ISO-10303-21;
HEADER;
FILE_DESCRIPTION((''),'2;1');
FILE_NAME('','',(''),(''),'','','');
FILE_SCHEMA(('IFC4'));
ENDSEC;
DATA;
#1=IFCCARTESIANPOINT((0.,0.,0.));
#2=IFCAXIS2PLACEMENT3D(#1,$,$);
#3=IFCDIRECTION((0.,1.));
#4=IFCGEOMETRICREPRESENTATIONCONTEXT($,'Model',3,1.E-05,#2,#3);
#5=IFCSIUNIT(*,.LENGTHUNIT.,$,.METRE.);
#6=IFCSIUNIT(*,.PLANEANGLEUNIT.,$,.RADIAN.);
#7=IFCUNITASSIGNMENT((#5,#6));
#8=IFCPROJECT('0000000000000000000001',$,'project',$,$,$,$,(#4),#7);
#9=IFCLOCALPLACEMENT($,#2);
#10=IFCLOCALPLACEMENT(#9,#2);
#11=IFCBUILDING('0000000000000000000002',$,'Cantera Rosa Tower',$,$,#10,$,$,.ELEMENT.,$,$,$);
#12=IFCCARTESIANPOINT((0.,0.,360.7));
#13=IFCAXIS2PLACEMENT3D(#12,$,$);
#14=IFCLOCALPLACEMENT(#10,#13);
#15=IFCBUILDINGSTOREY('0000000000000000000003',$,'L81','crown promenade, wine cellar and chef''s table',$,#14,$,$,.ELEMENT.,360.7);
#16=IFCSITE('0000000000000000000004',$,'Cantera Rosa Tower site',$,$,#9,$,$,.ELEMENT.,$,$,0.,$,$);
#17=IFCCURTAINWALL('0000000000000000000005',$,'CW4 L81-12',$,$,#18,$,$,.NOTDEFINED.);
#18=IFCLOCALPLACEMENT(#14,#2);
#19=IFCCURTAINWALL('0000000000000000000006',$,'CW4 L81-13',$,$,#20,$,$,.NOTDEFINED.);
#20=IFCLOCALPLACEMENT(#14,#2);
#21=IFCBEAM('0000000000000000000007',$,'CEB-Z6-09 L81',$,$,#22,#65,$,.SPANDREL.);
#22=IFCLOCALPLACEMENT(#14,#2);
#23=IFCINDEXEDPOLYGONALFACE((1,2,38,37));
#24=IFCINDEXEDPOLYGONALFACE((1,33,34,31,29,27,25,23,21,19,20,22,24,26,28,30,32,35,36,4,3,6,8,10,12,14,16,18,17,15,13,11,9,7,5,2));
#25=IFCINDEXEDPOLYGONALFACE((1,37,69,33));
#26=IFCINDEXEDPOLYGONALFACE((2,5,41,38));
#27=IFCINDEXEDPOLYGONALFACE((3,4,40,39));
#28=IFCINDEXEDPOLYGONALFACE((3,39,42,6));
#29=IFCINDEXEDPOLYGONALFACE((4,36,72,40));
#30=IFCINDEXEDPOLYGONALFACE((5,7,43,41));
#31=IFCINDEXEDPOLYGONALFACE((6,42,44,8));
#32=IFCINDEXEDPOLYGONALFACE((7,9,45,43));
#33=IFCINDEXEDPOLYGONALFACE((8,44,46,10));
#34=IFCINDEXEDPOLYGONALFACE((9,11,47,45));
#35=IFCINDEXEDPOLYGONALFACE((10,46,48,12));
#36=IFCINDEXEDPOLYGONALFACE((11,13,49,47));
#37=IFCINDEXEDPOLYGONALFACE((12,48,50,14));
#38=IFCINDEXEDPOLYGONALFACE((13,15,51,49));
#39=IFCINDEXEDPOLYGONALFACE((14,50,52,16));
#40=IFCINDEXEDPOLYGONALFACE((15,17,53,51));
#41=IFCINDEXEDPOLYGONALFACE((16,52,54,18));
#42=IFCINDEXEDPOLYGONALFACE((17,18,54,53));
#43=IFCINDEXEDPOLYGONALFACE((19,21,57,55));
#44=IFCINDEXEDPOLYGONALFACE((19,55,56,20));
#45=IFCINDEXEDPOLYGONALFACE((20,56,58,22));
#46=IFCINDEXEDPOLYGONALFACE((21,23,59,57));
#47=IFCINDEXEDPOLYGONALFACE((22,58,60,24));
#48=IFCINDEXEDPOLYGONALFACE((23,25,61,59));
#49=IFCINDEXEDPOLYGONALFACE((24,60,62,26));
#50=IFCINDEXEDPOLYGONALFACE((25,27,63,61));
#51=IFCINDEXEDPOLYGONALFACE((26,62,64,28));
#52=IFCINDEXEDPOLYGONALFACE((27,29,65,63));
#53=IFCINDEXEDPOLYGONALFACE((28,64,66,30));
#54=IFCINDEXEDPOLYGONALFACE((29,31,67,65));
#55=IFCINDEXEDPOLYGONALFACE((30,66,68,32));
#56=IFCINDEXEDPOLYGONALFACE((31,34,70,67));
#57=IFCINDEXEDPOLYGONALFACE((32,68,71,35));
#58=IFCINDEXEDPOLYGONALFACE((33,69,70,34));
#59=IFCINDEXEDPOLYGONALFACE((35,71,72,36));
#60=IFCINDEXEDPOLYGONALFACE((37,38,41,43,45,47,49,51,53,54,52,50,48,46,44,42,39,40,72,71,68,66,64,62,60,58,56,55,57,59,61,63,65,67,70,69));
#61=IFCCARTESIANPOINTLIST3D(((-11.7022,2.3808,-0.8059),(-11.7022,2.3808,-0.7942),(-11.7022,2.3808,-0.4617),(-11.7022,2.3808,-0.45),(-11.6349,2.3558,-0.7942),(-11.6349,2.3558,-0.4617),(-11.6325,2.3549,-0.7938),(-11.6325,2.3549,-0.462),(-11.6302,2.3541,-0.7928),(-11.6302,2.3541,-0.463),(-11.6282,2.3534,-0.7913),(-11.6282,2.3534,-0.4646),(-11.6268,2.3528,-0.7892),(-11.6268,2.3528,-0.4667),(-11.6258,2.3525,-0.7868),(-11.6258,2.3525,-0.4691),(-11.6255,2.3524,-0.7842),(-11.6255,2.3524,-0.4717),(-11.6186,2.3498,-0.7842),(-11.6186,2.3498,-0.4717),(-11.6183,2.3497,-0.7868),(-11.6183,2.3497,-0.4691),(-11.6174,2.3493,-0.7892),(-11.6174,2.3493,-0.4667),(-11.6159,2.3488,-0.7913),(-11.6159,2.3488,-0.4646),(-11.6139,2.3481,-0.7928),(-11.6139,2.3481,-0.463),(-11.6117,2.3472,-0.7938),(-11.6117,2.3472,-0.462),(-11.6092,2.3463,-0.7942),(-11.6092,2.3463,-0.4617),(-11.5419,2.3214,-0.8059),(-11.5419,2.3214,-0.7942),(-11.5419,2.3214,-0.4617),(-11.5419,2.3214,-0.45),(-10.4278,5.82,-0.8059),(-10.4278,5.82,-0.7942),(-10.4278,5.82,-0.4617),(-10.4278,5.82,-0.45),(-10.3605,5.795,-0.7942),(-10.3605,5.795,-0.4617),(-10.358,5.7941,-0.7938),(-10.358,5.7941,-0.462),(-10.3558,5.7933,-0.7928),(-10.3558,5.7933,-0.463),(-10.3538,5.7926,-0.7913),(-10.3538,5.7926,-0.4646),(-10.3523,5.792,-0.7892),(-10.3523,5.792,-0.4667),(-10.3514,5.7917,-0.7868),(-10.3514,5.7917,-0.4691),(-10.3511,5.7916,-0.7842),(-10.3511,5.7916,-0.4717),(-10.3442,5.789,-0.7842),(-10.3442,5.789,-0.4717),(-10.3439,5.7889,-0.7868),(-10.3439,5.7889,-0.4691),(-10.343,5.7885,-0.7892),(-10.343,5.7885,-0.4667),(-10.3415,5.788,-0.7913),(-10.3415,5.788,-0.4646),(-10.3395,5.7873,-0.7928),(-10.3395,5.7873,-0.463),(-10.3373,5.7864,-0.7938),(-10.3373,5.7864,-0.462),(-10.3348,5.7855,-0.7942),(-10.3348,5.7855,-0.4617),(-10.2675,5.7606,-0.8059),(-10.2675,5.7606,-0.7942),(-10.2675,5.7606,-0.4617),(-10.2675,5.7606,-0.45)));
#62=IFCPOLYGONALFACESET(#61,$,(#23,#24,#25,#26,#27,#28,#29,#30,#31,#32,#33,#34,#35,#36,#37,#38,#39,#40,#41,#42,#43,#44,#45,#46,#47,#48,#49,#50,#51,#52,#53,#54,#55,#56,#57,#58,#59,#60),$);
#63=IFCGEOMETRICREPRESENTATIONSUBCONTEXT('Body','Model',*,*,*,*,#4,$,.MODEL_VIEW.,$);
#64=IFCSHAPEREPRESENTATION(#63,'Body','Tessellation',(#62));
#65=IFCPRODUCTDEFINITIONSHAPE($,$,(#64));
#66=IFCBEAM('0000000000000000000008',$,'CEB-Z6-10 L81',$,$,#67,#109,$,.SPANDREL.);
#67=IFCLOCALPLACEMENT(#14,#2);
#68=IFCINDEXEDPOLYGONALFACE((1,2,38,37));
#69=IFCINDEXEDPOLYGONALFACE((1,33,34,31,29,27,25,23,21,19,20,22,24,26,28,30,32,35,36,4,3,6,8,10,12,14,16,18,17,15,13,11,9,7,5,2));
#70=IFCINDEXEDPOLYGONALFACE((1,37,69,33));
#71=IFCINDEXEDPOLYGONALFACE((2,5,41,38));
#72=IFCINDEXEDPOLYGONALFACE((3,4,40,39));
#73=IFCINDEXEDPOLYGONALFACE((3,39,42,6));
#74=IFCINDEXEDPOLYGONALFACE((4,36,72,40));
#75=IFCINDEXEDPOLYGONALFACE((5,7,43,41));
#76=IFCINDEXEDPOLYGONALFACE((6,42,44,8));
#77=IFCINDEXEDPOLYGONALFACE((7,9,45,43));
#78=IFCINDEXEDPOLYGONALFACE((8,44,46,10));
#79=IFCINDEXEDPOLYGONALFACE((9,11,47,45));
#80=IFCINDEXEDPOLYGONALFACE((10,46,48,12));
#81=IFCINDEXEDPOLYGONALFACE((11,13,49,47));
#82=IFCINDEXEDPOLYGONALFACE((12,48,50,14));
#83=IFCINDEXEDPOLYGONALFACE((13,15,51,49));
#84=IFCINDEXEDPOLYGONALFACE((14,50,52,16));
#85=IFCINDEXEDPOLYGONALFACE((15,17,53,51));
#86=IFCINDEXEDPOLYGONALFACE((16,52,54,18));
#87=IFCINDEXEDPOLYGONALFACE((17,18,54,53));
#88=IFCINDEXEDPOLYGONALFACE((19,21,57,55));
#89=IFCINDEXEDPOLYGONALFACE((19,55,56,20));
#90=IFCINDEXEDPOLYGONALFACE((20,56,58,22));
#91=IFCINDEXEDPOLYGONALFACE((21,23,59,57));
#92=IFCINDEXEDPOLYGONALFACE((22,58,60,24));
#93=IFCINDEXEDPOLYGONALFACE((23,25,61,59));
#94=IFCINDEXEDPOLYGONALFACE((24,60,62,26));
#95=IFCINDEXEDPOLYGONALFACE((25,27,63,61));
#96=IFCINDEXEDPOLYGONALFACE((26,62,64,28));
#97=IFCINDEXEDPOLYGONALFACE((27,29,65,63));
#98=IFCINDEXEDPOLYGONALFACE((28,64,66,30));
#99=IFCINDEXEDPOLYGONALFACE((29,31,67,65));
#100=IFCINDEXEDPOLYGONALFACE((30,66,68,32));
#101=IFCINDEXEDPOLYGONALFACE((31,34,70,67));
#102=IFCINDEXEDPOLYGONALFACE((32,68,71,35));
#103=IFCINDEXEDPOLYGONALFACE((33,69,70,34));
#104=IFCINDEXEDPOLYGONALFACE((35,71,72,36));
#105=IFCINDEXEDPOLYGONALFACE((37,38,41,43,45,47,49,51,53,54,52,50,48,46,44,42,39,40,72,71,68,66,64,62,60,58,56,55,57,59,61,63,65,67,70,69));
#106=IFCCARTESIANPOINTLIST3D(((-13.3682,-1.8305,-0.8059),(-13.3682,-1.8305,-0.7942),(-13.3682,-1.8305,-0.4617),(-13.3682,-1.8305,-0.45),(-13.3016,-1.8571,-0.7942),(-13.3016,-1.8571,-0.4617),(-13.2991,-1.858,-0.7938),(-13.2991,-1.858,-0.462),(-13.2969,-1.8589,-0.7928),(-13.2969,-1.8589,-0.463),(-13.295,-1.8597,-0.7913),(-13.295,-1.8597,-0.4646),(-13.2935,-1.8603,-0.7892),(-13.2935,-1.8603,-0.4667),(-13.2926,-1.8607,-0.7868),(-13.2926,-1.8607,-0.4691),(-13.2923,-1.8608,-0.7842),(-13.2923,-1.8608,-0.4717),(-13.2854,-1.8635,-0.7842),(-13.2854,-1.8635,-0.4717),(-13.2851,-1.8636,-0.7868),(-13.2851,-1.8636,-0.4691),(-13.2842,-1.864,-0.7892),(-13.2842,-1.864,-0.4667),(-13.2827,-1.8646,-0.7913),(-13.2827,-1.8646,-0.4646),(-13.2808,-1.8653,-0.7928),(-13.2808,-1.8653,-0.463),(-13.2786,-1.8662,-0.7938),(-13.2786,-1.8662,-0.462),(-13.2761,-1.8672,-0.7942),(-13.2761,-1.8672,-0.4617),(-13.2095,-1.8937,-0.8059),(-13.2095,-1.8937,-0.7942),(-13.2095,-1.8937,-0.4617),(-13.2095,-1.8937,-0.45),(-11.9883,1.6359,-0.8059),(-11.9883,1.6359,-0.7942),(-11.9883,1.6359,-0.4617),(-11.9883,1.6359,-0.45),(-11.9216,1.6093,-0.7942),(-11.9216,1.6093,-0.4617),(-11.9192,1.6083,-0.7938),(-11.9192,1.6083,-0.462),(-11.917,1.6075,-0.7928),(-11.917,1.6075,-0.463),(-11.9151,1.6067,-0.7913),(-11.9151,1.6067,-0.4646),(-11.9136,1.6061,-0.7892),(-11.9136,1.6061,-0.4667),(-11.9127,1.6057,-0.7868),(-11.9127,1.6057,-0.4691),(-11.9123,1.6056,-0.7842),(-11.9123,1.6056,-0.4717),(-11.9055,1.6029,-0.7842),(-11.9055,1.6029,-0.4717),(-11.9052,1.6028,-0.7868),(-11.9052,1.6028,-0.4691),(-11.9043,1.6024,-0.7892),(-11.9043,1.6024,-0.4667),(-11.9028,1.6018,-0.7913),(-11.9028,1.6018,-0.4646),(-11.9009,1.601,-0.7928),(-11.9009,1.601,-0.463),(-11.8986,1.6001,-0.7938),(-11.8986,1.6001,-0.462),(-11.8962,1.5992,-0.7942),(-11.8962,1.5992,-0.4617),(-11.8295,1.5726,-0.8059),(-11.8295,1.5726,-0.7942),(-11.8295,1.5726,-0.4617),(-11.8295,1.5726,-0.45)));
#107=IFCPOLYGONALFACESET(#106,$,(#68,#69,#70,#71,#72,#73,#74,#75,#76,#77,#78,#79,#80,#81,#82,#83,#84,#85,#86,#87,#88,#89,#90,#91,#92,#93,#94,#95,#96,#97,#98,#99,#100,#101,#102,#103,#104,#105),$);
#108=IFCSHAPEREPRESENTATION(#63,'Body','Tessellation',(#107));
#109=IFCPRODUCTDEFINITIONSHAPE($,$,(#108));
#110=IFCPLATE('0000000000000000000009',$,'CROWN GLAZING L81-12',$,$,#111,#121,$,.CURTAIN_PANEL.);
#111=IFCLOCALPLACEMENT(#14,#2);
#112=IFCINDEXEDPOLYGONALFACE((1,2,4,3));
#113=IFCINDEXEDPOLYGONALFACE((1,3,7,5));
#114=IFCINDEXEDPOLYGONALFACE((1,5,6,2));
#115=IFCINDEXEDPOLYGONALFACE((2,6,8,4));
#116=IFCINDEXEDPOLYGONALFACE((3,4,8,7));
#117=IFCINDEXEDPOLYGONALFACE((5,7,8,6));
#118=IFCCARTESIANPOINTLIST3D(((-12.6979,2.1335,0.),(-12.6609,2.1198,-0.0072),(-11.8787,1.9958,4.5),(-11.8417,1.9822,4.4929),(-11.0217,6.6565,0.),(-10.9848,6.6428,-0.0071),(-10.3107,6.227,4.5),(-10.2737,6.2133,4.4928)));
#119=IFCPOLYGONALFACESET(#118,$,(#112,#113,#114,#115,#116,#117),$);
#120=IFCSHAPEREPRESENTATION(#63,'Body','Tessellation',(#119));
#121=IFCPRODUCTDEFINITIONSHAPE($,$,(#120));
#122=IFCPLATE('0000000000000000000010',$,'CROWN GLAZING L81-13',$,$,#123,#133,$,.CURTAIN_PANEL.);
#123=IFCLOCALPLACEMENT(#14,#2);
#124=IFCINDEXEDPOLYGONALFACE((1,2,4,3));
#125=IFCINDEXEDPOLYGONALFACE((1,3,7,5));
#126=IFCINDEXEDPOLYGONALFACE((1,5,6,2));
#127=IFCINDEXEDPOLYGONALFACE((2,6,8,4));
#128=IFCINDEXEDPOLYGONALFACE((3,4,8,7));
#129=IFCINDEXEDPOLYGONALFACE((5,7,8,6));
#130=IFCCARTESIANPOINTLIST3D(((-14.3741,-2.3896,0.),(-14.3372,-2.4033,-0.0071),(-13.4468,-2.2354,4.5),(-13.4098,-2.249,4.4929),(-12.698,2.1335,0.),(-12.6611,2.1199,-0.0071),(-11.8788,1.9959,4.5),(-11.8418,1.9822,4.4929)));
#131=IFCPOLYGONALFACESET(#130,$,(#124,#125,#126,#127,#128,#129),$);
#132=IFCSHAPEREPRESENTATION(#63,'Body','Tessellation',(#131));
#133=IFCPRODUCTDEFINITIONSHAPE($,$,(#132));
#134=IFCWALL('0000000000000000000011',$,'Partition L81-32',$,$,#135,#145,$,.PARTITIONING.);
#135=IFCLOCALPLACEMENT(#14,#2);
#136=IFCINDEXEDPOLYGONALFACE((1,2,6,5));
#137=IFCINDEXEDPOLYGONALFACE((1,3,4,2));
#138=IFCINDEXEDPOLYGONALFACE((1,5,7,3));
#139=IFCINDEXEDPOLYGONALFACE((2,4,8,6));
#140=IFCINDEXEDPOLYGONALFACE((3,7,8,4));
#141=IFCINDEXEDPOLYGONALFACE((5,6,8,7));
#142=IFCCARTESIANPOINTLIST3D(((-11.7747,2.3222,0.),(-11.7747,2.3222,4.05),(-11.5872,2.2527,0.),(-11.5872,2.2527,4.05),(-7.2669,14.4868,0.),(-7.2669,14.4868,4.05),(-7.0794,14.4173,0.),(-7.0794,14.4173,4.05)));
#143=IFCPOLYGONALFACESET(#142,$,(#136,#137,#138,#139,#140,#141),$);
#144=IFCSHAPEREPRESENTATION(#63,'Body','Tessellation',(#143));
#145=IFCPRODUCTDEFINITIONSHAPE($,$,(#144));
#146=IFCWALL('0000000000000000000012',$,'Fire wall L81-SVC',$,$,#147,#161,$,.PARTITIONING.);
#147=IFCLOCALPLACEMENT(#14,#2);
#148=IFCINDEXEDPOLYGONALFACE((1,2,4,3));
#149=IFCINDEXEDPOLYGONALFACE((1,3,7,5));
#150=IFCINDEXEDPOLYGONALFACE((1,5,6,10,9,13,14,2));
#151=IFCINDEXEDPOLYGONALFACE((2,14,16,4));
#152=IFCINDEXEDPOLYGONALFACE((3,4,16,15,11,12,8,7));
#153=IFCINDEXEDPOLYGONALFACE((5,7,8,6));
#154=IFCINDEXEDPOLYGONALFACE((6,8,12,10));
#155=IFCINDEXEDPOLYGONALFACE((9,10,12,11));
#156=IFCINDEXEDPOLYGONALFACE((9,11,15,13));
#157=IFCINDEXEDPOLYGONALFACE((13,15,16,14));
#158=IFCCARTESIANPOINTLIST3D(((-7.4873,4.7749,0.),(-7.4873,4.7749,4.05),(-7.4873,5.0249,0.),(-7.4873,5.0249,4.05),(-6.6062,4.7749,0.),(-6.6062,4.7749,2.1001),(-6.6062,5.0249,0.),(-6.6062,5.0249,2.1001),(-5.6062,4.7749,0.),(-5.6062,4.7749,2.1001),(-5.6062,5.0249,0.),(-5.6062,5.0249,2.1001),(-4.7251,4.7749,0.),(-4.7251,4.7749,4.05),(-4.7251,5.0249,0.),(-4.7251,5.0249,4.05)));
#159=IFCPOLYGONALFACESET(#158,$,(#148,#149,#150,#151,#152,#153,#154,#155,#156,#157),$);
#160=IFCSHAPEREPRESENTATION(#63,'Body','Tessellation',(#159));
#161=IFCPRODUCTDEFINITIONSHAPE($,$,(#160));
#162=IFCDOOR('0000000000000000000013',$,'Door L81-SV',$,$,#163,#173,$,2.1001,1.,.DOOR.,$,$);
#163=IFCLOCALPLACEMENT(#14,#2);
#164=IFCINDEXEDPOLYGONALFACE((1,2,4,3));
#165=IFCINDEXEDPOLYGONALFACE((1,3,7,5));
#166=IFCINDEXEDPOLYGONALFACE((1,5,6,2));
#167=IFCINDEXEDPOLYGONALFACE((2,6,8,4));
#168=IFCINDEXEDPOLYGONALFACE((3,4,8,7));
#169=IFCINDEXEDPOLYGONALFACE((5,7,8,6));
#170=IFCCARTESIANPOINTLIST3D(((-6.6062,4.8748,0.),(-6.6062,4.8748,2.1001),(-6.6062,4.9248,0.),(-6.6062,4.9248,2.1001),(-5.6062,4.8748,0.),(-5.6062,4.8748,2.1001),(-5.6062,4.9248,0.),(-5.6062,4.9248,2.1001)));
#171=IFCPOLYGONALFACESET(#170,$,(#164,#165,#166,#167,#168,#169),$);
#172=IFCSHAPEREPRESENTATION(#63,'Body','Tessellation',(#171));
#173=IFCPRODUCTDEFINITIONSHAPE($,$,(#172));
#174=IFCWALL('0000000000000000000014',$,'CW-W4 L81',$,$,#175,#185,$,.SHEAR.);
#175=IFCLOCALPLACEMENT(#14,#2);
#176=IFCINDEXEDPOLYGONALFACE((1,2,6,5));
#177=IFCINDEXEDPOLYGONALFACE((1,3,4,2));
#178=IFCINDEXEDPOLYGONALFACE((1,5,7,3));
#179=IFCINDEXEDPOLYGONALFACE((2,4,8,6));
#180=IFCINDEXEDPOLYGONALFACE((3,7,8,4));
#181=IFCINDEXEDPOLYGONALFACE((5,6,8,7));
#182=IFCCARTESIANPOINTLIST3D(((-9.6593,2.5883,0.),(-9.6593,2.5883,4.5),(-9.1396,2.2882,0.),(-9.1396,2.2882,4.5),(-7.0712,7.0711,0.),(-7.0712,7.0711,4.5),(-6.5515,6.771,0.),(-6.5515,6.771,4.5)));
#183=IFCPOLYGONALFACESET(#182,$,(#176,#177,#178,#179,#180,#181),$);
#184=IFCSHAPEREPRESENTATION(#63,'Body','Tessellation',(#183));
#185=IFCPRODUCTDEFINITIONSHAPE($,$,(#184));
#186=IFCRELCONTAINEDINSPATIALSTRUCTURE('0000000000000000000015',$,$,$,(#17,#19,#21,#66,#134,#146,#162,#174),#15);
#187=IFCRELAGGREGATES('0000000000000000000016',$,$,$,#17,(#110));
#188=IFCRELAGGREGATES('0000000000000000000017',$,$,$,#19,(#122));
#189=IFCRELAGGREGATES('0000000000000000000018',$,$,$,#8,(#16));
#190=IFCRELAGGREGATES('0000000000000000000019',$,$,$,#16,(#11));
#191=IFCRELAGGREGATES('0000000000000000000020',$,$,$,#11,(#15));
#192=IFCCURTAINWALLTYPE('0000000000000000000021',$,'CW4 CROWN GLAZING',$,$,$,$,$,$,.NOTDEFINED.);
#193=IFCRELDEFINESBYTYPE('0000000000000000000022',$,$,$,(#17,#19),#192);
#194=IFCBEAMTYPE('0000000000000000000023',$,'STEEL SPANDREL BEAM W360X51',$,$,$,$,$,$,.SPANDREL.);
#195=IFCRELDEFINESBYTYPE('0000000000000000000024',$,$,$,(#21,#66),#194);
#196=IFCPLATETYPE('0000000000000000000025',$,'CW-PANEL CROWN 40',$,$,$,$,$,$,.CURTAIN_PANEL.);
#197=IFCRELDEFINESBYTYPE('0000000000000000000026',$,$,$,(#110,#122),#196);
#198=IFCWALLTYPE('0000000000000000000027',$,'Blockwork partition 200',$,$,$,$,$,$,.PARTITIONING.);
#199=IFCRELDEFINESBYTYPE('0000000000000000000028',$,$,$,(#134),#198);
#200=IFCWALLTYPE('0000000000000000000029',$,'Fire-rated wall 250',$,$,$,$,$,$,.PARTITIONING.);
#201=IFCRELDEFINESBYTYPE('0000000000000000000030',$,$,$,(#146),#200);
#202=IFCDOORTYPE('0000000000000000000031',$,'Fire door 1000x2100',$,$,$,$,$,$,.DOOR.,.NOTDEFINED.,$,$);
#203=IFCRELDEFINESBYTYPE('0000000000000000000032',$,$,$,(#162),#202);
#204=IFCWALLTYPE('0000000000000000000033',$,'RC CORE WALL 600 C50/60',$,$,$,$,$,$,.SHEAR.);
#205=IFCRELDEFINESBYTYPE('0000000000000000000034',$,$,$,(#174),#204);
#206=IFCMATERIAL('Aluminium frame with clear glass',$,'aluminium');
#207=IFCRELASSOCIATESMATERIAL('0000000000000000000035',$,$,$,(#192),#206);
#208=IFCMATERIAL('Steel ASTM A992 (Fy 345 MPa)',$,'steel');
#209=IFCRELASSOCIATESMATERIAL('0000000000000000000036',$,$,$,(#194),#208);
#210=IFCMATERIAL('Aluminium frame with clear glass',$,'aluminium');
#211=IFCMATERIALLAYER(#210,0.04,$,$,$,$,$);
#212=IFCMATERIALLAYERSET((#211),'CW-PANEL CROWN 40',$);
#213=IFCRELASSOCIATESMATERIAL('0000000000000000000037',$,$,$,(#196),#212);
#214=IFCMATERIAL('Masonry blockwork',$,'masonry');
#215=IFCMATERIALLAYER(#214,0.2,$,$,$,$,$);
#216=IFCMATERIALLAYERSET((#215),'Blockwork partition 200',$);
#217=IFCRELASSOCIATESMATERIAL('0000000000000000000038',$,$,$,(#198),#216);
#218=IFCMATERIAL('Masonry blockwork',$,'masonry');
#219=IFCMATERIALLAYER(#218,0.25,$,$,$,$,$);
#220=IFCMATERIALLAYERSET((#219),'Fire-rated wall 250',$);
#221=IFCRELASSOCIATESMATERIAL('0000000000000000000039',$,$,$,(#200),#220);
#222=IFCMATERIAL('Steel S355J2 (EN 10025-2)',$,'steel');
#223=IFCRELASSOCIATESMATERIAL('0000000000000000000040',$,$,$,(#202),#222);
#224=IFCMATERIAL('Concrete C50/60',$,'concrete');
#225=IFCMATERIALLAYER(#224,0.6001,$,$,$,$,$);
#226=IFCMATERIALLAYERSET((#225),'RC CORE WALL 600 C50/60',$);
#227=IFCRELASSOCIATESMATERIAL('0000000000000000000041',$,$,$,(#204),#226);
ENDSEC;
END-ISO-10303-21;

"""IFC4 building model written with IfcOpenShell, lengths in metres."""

from ifc_helpers import new_model, si_unit, direction, frame, frame_2d, origin, origin_2d, place, context, subcontext, project, spatial, polyline, rectangle, i_section, outline, extrude, material, layer, layer_set, material_profile, profile_set, type_object, element, fill, aggregate, save


model = new_model("IFC4")

# Units and contexts
model_context = context("Model", 3, precision=1e-05, world=origin(), true_north=direction((0.0, 1.0)))
body_context = subcontext(model_context, "Body", "Model", "MODEL_VIEW")
ifc_project = project(units=[si_unit("LENGTHUNIT", "METRE"), si_unit("PLANEANGLEUNIT", "RADIAN")], contexts=[model_context])

# Site, building, storey
site_placement = place(None, origin())
site = spatial("IfcSite", under=ifc_project, at=site_placement, Name="Cantera Rosa Tower site", CompositionType="ELEMENT", RefElevation=0.0)
building_placement = place(site_placement, origin())
building = spatial("IfcBuilding", under=site, at=building_placement, Name="Cantera Rosa Tower", CompositionType="ELEMENT")
storey_placement = place(building_placement, frame((0.0, 0.0, 360.7)))
storey = spatial("IfcBuildingStorey", under=building, at=storey_placement, Name="L81", Description="crown promenade, wine cellar and chef's table", CompositionType="ELEMENT", Elevation=360.7)

# Curtain walls
ifc_material_1 = material(Name="Aluminium frame with clear glass", Category="aluminium")
curtain_wall_type = type_object("IfcCurtainWallType", Name="CW4 CROWN GLAZING", PredefinedType="NOTDEFINED", material=ifc_material_1)
curtain_wall_1_placement = place(storey_placement, origin())
curtain_wall_1 = element("IfcCurtainWall", 1, at=curtain_wall_1_placement, inside=storey, type_object=curtain_wall_type, Name="CW4 L81-12", PredefinedType="NOTDEFINED")
curtain_wall_2_placement = place(storey_placement, origin())
curtain_wall_2 = element("IfcCurtainWall", 2, at=curtain_wall_2_placement, inside=storey, type_object=curtain_wall_type, Name="CW4 L81-13", PredefinedType="NOTDEFINED")

# Beams
ifc_material_2 = material(Name="Steel ASTM A992 (Fy 345 MPa)", Category="steel")
ifc_material_profile_1 = material_profile(ifc_material_2, i_section(OverallWidth=0.1709, OverallDepth=0.356, WebThickness=0.0073, FlangeThickness=0.0117, FilletRadius=0.01, at=origin_2d()), Name="W360X51")
ifc_profile_set_1 = profile_set([ifc_material_profile_1], Name="Steel ASTM A992 (Fy 345 MPa)")
beam_type_1 = type_object("IfcBeamType", Name="STEEL SPANDREL BEAM W360X51", PredefinedType="SPANDREL", material=ifc_profile_set_1)
beam_1_placement = place(storey_placement, frame((-10.3477, 5.7903, -0.6279), z_axis=(-0.347466, -0.937693, 0.0), x_axis=(0.937693, -0.347466, 0.0)))
element("IfcBeam", 3, at=beam_1_placement, inside=storey, type_object=beam_type_1, Name="CEB-Z6-09 L81", PredefinedType="SPANDREL", context=body_context, shape_type="SweptSolid", body=[
    extrude(i_section(OverallWidth=0.1709, OverallDepth=0.356, WebThickness=0.0073, FlangeThickness=0.0117, FilletRadius=0.01, at=origin_2d()), origin(), (0.0, 0.0, 1.0), 3.6677),
])
beam_2_placement = place(storey_placement, frame((-11.9089, 1.6042, -0.6279), z_axis=(-0.369856, -0.929089, 0.0), x_axis=(0.929089, -0.369856, 0.0)))
element("IfcBeam", 4, at=beam_2_placement, inside=storey, type_object=beam_type_1, Name="CEB-Z6-10 L81", PredefinedType="SPANDREL", context=body_context, shape_type="SweptSolid", body=[
    extrude(i_section(OverallWidth=0.1709, OverallDepth=0.356, WebThickness=0.0073, FlangeThickness=0.0117, FilletRadius=0.01, at=origin_2d()), origin(), (0.0, 0.0, 1.0), 3.731),
])

# Plates
ifc_material_3 = material(Name="Aluminium frame with clear glass", Category="aluminium")
ifc_layer_1 = layer(ifc_material_3, 0.04)
ifc_layer_set_1 = layer_set([ifc_layer_1], Name="CW-PANEL CROWN 40")
plate_type = type_object("IfcPlateType", Name="CW-PANEL CROWN 40", PredefinedType="CURTAIN_PANEL", material=ifc_layer_set_1)
plate_1_placement = place(storey_placement, frame((-11.0217, 6.6565, 0.0), z_axis=(-0.922638, 0.341914, 0.178422), x_axis=(-0.347491, -0.937683, -0.000005)))
plate_1 = element("IfcPlate", 5, at=plate_1_placement, type_object=plate_type, Name="CROWN GLAZING L81-12", PredefinedType="CURTAIN_PANEL", context=body_context, shape_type="SweptSolid", body=[
    extrude(outline(polyline([(0.0, 0.0), (4.8236, 0.0), (4.668, 4.5734), (0.1556, 4.5734), (0.0, 0.0)])), origin(), (0.0, 0.0, -1.0), 0.04),
])
plate_2_placement = place(storey_placement, frame((-12.698, 2.1335, 0.0), z_axis=(-0.922641, 0.341906, 0.178421), x_axis=(-0.34748, -0.937687, 0.000005)))
plate_2 = element("IfcPlate", 6, at=plate_2_placement, type_object=plate_type, Name="CROWN GLAZING L81-13", PredefinedType="CURTAIN_PANEL", context=body_context, shape_type="SweptSolid", body=[
    extrude(outline(polyline([(0.0, 0.0), (4.8237, 0.0), (4.3569, 4.5734), (-0.1556, 4.5734), (0.0, 0.0)])), origin(), (0.0, 0.0, -1.0), 0.04),
])

# Wall
ifc_material_4 = material(Name="Masonry blockwork", Category="masonry")
ifc_layer_2 = layer(ifc_material_4, 0.2)
ifc_layer_set_2 = layer_set([ifc_layer_2], Name="Blockwork partition 200")
wall_type_1 = type_object("IfcWallType", Name="Blockwork partition 200", PredefinedType="PARTITIONING", material=ifc_layer_set_2)
wall_1_placement = place(storey_placement, frame((-11.6809, 2.2876, 0.0), z_axis=(0.0, 0.0, 1.0), x_axis=(0.347479, 0.937688, 0.0)))
element("IfcWall", 7, at=wall_1_placement, inside=storey, type_object=wall_type_1, Name="Partition L81-32", PredefinedType="PARTITIONING", context=body_context, shape_type="SweptSolid", body=[
    extrude(rectangle(XDim=12.9729, YDim=0.2, at=frame_2d((6.4863, 0.0))), origin(), (0.0, 0.0, 1.0), 4.05),
])

# Wall, opening, door
ifc_material_5 = material(Name="Masonry blockwork", Category="masonry")
ifc_layer_3 = layer(ifc_material_5, 0.25)
ifc_layer_set_3 = layer_set([ifc_layer_3], Name="Fire-rated wall 250")
wall_type_2 = type_object("IfcWallType", Name="Fire-rated wall 250", PredefinedType="PARTITIONING", material=ifc_layer_set_3)
wall_2_placement = place(storey_placement, frame((-7.4873, 4.8999, 0.0), z_axis=(0.0, 0.0, 1.0), x_axis=(1.0, 0.0, 0.0)))
wall_2 = element("IfcWall", 8, at=wall_2_placement, inside=storey, type_object=wall_type_2, Name="Fire wall L81-SVC", PredefinedType="PARTITIONING", context=body_context, shape_type="SweptSolid", body=[
    extrude(rectangle(XDim=2.7622, YDim=0.25, at=frame_2d((1.3811, 0.0))), origin(), (0.0, 0.0, 1.0), 4.05),
])
opening_placement = place(wall_2_placement, frame((0.8811, 0.0, 0.0)))
opening = element("IfcOpeningElement", 9, at=opening_placement, cuts=wall_2, PredefinedType="OPENING", context=body_context, shape_type="SweptSolid", body=[
    extrude(rectangle(XDim=1.0, YDim=2.1001, at=frame_2d((0.5, 1.05))), frame((0.0, 0.135, 0.0), z_axis=(0.0, -1.0, 0.0), x_axis=(1.0, 0.0, 0.0)), (0.0, 0.0, 1.0), 0.27),
])
ifc_material_6 = material(Name="Steel S355J2 (EN 10025-2)", Category="steel")
door_type = type_object("IfcDoorType", Name="Fire door 1000x2100", OperationType="NOTDEFINED", PredefinedType="DOOR", material=ifc_material_6)
door_placement = place(opening_placement, origin())
door = element("IfcDoor", 10, at=door_placement, inside=storey, type_object=door_type, Name="Door L81-SV", OverallHeight=2.1001, OverallWidth=1.0, PredefinedType="DOOR", context=body_context, shape_type="SweptSolid", body=[
    extrude(rectangle(XDim=1.0, YDim=2.1001, at=frame_2d((0.5, 1.05))), frame((0.0, 0.0249, 0.0), z_axis=(0.0, -1.0, 0.0), x_axis=(1.0, 0.0, 0.0)), (0.0, 0.0, 1.0), 0.05),
])
fill(opening, door)

# Wall
ifc_material_7 = material(Name="Concrete C50/60", Category="concrete")
ifc_layer_4 = layer(ifc_material_7, 0.6001)
ifc_layer_set_4 = layer_set([ifc_layer_4], Name="RC CORE WALL 600 C50/60")
wall_type_3 = type_object("IfcWallType", Name="RC CORE WALL 600 C50/60", PredefinedType="SHEAR", material=ifc_layer_set_4)
wall_3_placement = place(storey_placement, frame((-9.3994, 2.4382, 0.0), z_axis=(0.0, 0.0, 1.0), x_axis=(0.499989, 0.866032, 0.0)))
element("IfcWall", 11, at=wall_3_placement, inside=storey, type_object=wall_type_3, Name="CW-W4 L81", PredefinedType="SHEAR", context=body_context, shape_type="SweptSolid", body=[
    extrude(rectangle(XDim=5.1763, YDim=0.6001, at=frame_2d((2.5881, 0.0))), origin(), (0.0, 0.0, 1.0), 4.5),
])

aggregate(curtain_wall_1, [plate_1])
aggregate(curtain_wall_2, [plate_2])

save(model, "model.ifc")
